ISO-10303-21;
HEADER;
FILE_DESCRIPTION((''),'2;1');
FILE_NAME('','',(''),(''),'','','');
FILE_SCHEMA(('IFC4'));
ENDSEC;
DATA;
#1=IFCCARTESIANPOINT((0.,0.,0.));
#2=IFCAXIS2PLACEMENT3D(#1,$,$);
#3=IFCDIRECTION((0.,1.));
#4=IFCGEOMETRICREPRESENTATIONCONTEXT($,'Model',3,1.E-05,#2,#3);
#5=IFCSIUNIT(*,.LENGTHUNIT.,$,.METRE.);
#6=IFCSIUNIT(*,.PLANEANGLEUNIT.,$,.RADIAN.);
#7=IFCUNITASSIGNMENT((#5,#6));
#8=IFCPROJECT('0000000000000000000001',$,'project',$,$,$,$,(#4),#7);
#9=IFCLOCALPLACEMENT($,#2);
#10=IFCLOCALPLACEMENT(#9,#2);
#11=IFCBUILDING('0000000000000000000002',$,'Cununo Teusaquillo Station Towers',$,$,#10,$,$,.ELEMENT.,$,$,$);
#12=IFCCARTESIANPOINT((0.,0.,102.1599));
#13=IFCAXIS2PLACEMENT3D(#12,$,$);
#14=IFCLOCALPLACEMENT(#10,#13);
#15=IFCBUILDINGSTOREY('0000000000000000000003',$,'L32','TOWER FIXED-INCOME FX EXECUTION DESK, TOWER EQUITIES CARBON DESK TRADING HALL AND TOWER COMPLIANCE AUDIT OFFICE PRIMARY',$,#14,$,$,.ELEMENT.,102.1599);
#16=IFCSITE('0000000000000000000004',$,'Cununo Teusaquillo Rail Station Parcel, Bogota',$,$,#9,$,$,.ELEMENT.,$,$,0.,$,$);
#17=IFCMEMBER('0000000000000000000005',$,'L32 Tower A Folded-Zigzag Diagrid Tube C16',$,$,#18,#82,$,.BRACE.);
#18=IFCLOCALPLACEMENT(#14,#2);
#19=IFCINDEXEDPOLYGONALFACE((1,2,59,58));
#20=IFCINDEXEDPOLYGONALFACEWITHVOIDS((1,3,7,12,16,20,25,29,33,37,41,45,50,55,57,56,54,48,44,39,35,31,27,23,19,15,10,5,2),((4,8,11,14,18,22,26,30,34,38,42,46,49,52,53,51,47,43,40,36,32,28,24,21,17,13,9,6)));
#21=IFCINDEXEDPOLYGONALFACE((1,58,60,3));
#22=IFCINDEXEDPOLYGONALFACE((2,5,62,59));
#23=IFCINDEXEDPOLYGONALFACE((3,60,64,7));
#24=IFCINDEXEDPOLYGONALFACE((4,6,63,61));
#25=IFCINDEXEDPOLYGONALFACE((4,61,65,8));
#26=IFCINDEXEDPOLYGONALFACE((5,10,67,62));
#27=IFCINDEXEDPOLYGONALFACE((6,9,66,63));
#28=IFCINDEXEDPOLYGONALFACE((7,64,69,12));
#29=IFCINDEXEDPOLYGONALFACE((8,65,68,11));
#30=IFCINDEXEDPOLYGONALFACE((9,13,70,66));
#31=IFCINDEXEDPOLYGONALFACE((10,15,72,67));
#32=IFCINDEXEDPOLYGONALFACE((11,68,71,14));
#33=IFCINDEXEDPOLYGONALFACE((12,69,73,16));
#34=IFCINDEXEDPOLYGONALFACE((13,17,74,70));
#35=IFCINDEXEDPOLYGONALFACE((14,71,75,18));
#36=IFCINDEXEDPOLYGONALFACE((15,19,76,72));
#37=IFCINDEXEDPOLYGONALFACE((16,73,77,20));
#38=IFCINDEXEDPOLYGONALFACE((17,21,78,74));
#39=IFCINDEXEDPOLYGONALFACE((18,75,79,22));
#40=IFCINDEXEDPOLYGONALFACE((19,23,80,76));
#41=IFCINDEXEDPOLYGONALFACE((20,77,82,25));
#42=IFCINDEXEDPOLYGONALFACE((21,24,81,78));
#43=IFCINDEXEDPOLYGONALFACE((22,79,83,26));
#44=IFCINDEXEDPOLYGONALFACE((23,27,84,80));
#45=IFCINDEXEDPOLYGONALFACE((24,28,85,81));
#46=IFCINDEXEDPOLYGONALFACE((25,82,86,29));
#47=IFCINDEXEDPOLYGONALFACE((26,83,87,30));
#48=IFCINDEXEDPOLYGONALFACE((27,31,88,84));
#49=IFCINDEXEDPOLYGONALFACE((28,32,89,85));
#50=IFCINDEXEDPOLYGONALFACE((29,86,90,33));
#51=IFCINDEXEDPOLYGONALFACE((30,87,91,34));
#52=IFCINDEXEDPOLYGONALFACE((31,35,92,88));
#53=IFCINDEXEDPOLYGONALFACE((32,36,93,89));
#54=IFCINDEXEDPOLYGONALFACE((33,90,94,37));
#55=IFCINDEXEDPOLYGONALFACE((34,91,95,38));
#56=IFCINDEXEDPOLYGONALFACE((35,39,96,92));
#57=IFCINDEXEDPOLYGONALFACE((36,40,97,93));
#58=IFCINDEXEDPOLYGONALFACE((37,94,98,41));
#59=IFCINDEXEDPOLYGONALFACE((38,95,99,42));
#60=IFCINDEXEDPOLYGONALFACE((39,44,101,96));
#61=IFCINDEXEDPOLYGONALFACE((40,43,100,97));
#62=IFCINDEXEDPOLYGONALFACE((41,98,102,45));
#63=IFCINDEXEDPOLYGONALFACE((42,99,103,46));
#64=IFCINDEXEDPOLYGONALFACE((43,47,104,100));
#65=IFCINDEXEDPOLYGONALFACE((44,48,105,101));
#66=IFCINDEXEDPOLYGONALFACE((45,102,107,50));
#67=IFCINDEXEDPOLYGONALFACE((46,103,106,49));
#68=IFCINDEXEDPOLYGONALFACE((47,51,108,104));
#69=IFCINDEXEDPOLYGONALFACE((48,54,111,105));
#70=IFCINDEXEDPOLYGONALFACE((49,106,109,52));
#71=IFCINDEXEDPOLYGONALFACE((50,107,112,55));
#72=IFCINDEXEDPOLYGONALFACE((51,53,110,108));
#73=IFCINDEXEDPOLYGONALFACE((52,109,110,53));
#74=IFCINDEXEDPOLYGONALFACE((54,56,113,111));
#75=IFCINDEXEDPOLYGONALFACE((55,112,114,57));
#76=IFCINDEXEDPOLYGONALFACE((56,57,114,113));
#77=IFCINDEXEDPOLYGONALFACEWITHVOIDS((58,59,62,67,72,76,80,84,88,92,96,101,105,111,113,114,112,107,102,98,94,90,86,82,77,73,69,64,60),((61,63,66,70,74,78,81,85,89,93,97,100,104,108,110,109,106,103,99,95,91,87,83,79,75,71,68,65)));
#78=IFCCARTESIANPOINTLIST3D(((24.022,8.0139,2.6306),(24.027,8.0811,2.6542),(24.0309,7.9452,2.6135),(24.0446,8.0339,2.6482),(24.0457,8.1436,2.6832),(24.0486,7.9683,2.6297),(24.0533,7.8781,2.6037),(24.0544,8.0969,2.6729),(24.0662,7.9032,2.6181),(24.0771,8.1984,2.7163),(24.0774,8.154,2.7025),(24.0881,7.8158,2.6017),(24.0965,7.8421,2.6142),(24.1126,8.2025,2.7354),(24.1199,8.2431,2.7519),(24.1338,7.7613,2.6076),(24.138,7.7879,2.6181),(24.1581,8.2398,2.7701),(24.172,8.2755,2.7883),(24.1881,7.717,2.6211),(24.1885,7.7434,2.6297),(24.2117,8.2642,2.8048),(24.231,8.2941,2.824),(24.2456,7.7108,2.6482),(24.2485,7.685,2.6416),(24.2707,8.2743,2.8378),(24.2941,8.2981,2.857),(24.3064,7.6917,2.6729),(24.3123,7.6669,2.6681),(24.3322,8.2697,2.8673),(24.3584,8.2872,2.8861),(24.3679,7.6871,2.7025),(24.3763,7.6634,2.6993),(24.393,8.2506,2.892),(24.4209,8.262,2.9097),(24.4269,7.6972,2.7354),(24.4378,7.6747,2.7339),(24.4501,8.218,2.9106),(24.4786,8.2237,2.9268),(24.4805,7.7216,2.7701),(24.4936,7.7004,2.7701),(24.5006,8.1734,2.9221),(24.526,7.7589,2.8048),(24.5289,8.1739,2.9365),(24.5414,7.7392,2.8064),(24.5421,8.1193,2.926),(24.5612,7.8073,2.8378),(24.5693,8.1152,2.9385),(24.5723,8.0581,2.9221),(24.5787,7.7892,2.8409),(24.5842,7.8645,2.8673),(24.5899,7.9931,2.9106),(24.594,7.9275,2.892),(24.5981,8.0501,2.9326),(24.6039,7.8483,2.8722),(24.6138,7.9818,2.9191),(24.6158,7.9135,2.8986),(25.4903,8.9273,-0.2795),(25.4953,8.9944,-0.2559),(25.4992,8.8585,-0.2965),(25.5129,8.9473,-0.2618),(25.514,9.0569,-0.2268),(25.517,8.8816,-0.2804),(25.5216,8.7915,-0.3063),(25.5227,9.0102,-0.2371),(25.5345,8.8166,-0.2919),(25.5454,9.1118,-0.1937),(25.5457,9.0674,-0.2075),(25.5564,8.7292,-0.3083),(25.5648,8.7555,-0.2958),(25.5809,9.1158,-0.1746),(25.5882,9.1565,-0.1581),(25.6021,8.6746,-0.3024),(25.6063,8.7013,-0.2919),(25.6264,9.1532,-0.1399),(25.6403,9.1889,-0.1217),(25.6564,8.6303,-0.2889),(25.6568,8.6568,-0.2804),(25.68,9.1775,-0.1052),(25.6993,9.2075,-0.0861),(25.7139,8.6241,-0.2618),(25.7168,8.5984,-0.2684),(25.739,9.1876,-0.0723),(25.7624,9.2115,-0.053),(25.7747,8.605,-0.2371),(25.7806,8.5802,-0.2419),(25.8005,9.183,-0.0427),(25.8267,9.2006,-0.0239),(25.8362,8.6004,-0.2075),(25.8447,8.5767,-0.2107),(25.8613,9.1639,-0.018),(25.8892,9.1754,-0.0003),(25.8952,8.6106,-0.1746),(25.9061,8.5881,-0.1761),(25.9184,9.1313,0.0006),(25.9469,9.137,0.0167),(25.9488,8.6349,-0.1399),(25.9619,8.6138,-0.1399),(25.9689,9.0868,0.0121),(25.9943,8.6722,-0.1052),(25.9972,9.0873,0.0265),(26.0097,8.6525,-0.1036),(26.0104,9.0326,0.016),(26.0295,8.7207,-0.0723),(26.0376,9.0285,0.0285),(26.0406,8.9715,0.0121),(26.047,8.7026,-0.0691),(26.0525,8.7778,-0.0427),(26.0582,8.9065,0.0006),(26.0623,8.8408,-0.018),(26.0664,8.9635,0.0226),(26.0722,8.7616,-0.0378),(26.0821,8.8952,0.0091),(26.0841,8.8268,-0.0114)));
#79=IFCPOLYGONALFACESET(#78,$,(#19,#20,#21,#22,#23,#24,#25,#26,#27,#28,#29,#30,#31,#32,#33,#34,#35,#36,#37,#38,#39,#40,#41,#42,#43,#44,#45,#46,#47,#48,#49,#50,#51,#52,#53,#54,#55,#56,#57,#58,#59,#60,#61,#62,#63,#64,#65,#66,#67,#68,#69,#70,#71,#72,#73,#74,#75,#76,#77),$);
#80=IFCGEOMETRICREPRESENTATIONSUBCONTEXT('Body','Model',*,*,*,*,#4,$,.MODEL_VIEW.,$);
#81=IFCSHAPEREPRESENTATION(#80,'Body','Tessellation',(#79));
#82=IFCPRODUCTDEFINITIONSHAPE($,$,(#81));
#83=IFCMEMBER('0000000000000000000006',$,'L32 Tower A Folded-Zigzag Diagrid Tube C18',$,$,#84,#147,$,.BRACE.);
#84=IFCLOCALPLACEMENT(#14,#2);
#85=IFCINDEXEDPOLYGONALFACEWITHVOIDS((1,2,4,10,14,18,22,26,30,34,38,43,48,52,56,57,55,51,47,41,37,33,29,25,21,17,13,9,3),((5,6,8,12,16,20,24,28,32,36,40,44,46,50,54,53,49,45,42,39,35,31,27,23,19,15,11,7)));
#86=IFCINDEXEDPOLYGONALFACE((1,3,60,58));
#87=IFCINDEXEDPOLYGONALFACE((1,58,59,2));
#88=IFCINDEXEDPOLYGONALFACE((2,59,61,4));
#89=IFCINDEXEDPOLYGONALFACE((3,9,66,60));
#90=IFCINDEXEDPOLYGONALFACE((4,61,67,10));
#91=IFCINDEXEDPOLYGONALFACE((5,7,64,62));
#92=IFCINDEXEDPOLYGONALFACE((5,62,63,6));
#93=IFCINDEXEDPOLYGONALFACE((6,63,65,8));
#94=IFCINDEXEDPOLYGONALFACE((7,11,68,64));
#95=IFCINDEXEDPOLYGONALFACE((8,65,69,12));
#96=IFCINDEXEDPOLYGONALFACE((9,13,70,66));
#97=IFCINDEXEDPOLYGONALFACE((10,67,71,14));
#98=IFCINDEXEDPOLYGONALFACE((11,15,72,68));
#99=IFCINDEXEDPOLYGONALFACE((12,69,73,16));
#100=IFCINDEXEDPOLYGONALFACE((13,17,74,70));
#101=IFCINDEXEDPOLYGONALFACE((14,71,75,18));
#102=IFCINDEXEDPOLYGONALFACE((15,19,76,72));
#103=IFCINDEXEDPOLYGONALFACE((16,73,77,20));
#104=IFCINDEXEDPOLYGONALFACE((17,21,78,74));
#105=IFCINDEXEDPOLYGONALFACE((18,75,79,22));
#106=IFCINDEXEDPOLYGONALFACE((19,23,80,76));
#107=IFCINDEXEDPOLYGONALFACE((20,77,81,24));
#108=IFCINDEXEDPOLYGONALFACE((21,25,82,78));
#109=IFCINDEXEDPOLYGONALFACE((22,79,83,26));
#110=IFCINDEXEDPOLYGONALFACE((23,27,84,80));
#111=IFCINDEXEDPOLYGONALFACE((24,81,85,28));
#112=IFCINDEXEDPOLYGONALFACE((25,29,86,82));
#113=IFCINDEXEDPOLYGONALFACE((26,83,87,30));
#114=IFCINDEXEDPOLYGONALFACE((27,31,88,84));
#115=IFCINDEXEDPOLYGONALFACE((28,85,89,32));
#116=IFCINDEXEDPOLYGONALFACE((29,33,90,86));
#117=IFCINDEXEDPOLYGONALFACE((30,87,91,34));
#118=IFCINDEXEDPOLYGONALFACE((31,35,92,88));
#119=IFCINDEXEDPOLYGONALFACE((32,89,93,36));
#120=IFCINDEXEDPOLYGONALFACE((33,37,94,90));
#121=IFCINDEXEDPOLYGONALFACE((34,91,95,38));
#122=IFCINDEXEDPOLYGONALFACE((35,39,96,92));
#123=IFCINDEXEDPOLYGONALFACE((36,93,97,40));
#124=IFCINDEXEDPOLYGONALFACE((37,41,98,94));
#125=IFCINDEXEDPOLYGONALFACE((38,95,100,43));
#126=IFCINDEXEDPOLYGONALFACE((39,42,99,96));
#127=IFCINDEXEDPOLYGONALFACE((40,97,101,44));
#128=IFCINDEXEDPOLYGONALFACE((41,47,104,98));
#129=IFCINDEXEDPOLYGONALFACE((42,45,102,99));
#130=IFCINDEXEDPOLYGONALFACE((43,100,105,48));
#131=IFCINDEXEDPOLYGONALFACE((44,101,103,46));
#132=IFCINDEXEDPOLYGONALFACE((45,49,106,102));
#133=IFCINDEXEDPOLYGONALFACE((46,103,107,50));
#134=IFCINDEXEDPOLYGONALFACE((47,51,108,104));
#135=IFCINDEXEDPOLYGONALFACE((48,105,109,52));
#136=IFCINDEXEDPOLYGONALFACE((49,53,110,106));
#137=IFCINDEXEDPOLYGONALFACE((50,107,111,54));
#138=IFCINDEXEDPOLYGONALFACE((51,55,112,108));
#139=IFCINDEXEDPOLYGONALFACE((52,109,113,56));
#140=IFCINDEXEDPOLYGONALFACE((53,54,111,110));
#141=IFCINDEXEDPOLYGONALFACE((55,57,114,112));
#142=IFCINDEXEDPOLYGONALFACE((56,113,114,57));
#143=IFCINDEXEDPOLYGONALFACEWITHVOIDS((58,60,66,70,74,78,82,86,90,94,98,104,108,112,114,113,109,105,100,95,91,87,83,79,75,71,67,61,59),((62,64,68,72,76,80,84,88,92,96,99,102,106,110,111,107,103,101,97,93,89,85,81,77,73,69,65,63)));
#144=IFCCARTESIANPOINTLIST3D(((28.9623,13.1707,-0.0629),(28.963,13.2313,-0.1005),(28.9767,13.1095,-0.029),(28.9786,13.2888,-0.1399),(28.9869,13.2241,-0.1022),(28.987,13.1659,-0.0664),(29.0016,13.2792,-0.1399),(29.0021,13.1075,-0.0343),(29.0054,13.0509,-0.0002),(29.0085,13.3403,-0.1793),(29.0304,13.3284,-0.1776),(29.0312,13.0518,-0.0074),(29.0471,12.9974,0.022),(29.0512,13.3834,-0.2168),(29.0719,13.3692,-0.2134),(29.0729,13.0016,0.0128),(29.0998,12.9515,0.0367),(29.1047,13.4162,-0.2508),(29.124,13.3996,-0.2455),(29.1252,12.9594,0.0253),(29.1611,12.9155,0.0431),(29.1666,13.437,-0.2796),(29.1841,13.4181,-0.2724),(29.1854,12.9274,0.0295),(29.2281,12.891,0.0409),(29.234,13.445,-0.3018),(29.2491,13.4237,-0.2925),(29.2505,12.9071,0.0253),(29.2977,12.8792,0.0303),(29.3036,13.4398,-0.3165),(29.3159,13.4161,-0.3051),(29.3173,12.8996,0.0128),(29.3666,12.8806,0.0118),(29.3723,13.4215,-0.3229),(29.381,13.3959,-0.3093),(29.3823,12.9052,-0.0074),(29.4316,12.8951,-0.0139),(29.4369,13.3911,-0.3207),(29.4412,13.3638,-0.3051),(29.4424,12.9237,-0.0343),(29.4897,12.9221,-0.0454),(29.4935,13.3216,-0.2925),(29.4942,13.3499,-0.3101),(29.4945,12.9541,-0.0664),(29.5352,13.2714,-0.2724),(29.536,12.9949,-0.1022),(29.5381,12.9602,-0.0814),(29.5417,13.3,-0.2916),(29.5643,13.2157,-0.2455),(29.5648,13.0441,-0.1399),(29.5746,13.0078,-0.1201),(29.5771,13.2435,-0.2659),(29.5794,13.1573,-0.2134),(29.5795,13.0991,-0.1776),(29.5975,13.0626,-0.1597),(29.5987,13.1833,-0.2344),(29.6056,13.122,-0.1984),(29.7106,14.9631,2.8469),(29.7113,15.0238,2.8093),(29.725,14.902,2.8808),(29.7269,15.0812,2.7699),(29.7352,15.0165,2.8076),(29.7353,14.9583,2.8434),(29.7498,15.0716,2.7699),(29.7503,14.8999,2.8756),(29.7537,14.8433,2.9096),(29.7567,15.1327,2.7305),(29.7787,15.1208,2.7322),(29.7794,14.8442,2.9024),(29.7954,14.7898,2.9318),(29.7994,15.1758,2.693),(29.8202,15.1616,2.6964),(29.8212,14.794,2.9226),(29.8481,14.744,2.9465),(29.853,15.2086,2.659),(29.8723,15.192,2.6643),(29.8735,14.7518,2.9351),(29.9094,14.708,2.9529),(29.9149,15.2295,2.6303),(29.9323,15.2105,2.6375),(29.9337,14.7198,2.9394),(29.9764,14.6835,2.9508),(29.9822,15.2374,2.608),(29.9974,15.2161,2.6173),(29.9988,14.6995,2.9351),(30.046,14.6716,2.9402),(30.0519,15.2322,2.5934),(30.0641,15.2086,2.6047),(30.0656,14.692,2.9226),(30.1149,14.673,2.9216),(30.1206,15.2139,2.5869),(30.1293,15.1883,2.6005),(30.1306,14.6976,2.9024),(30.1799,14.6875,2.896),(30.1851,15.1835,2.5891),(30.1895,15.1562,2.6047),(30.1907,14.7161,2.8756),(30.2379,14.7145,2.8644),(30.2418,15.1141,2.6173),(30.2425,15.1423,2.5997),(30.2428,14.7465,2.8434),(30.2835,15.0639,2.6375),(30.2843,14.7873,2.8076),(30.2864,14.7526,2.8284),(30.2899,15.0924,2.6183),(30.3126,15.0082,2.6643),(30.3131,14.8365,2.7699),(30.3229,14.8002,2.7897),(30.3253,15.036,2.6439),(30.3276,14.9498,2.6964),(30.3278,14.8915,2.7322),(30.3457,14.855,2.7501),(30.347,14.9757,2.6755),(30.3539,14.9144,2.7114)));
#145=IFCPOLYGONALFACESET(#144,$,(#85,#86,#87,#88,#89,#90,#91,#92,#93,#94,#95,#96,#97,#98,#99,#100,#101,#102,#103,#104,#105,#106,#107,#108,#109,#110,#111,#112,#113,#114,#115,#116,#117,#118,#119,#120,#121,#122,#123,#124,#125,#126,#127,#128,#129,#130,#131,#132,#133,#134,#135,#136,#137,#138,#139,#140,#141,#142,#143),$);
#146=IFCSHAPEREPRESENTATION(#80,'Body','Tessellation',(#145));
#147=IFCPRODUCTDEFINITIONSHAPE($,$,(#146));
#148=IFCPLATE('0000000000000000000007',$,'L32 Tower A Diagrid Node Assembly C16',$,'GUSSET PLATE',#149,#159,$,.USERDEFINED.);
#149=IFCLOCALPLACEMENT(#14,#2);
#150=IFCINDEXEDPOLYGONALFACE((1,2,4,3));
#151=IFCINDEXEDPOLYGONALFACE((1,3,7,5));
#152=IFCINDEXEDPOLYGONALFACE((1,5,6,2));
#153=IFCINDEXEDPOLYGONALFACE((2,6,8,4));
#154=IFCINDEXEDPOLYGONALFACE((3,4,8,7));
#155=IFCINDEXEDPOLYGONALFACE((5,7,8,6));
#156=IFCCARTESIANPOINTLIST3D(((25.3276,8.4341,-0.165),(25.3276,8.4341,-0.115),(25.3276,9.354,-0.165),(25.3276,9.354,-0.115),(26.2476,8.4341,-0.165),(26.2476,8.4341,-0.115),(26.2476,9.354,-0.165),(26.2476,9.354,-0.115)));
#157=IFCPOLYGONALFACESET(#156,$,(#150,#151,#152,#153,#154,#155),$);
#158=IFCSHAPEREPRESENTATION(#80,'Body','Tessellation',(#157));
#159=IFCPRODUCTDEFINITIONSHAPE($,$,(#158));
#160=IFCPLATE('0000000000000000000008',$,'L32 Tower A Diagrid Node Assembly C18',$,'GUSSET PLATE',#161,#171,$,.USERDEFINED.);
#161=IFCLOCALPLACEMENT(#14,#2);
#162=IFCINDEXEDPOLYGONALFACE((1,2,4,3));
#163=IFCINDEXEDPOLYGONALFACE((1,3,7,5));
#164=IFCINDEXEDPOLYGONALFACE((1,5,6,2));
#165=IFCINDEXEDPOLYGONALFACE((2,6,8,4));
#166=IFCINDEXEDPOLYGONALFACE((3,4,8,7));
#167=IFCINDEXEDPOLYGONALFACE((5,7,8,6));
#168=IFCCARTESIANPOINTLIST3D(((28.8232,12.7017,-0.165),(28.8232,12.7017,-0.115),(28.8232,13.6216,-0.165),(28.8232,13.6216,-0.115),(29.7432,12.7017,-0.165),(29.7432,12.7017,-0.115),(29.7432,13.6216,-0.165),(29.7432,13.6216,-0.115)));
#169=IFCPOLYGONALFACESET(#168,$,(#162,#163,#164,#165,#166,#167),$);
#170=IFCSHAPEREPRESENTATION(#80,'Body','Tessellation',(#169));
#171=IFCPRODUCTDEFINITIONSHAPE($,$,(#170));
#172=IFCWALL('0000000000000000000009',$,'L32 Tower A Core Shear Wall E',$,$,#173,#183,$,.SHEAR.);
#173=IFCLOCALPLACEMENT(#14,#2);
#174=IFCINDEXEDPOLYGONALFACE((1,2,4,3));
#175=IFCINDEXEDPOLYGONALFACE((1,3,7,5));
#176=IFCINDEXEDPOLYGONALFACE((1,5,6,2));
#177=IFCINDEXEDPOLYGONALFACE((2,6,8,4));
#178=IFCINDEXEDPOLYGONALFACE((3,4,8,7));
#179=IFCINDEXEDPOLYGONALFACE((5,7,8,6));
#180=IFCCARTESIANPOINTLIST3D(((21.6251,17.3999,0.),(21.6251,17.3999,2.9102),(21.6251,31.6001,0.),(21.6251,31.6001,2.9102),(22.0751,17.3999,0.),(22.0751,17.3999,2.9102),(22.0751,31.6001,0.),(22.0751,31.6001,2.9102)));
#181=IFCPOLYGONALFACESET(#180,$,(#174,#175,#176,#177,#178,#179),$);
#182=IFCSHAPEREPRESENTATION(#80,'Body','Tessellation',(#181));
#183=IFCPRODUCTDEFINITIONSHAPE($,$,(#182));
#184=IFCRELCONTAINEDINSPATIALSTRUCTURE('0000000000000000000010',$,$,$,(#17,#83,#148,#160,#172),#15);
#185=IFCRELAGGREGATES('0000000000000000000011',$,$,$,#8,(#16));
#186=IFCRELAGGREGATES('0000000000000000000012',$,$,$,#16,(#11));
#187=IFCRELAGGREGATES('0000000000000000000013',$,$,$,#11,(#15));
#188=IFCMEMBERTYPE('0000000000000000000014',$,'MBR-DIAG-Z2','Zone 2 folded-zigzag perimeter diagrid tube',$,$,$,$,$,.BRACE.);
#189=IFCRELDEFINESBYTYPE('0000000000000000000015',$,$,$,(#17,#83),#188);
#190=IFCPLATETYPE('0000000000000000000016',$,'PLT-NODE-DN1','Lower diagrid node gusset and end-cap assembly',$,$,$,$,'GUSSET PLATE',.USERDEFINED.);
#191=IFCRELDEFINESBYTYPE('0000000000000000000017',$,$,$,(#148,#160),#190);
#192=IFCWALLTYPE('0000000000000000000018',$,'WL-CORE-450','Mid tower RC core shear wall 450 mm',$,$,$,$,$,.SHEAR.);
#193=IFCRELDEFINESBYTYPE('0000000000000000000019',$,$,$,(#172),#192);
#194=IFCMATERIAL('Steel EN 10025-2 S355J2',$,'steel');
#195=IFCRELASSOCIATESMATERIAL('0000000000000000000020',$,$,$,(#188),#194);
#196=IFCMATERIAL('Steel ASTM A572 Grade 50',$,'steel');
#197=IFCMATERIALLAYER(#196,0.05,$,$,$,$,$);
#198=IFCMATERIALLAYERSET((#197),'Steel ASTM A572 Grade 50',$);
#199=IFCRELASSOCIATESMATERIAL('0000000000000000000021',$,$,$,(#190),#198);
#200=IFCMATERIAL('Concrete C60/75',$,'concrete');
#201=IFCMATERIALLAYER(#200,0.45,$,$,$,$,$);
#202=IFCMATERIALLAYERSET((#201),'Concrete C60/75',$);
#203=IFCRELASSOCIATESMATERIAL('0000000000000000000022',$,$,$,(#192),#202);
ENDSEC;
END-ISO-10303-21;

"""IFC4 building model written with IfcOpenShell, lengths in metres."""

from ifc_helpers import new_model, si_unit, direction, frame, frame_2d, origin, origin_2d, place, context, subcontext, project, spatial, rectangle, hollow_circle, extrude, source, transform, mapped, material, layer, layer_set, material_profile, profile_set, type_object, element, save


model = new_model("IFC4")

# Units and contexts
model_context = context("Model", 3, precision=1e-05, world=origin(), true_north=direction((0.0, 1.0)))
body_context = subcontext(model_context, "Body", "Model", "MODEL_VIEW")
ifc_project = project(units=[si_unit("LENGTHUNIT", "METRE"), si_unit("PLANEANGLEUNIT", "RADIAN")], contexts=[model_context])

# Site, building, storey
site_placement = place(None, origin())
site = spatial("IfcSite", under=ifc_project, at=site_placement, Name="Cununo Teusaquillo Rail Station Parcel, Bogota", CompositionType="ELEMENT", RefElevation=0.0)
building_placement = place(site_placement, origin())
building = spatial("IfcBuilding", under=site, at=building_placement, Name="Cununo Teusaquillo Station Towers", CompositionType="ELEMENT")
storey_placement = place(building_placement, frame((0.0, 0.0, 102.1599)))
storey = spatial("IfcBuildingStorey", under=building, at=storey_placement, Name="L32", Description="TOWER FIXED-INCOME FX EXECUTION DESK, TOWER EQUITIES CARBON DESK TRADING HALL AND TOWER COMPLIANCE AUDIT OFFICE PRIMARY", CompositionType="ELEMENT", Elevation=102.1599)

# Members
ifc_material_1 = material(Name="Steel EN 10025-2 S355J2", Category="steel")
ifc_material_profile_1 = material_profile(ifc_material_1, hollow_circle(Radius=0.3301, WallThickness=0.0249, at=origin_2d()), Name="CHS 660x25")
ifc_profile_set_1 = profile_set([ifc_material_profile_1], Name="Steel EN 10025-2 S355J2")
member_type = type_object("IfcMemberType", Name="MBR-DIAG-Z2", Description="Zone 2 folded-zigzag perimeter diagrid tube", PredefinedType="BRACE", material=ifc_profile_set_1)
member_1_placement = place(storey_placement, frame((25.7876, 8.894, -0.1399), z_axis=(-0.433768, -0.269825, 0.859674), x_axis=(0.528196, -0.849123, 0.0)))
element("IfcMember", 1, at=member_1_placement, inside=storey, type_object=member_type, Name="L32 Tower A Folded-Zigzag Diagrid Tube C16", PredefinedType="BRACE", context=body_context, shape_type="SweptSolid", body=[
    extrude(hollow_circle(Radius=0.3301, WallThickness=0.0249, at=origin_2d()), origin(), (0.0, 0.0, 1.0), 3.385),
])
member_2_placement = place(storey_placement, frame((29.2832, 13.1616, -0.1399), z_axis=(0.21388, 0.512336, 0.831726), x_axis=(-0.922816, 0.38524, 0.0)))
element("IfcMember", 2, at=member_2_placement, inside=storey, type_object=member_type, Name="L32 Tower A Folded-Zigzag Diagrid Tube C18", PredefinedType="BRACE", context=body_context, shape_type="SweptSolid", body=[
    extrude(hollow_circle(Radius=0.3301, WallThickness=0.0249, at=origin_2d()), origin(), (0.0, 0.0, 1.0), 3.4985),
])

# Plates
ifc_material_2 = material(Name="Steel ASTM A572 Grade 50", Category="steel")
ifc_layer_1 = layer(ifc_material_2, 0.05)
ifc_layer_set_1 = layer_set([ifc_layer_1], Name="Steel ASTM A572 Grade 50")
plate_type = type_object("IfcPlateType", Name="PLT-NODE-DN1", Description="Lower diagrid node gusset and end-cap assembly", ElementType="GUSSET PLATE", PredefinedType="USERDEFINED", material=ifc_layer_set_1)
shared_shape_1 = source(origin(), body_context, "Body", "SweptSolid", [
    extrude(rectangle(XDim=0.9199, YDim=0.9199, at=origin_2d()), origin(), (0.0, 0.0, 1.0), 0.05),
])
for number, where, z_axis, x_axis, name in (
    (3, (25.7876, 8.894, -0.165), (0.0, 0.0, 1.0), (1.0, 0.0, 0.0), "L32 Tower A Diagrid Node Assembly C16"),
    (4, (29.2832, 13.1616, -0.165), (0.0, 0.0, 1.0), (1.0, 0.0, 0.0), "L32 Tower A Diagrid Node Assembly C18"),
):
    element("IfcPlate", number, at=place(storey_placement, frame(where, z_axis=z_axis, x_axis=x_axis)), inside=storey, type_object=plate_type, Name=name, ObjectType="GUSSET PLATE", PredefinedType="USERDEFINED", context=body_context, shape_type="MappedRepresentation", body=[
        mapped(shared_shape_1, transform((0.0, 0.0, 0.0), x_axis=(1.0, 0.0, 0.0), y_axis=(0.0, 1.0, 0.0), z_axis=(0.0, 0.0, 1.0), scale=1.0)),
    ])

# Wall
ifc_material_3 = material(Name="Concrete C60/75", Category="concrete")
ifc_layer_2 = layer(ifc_material_3, 0.45)
ifc_layer_set_2 = layer_set([ifc_layer_2], Name="Concrete C60/75")
wall_type_1 = type_object("IfcWallType", Name="WL-CORE-450", Description="Mid tower RC core shear wall 450 mm", PredefinedType="SHEAR", material=ifc_layer_set_2)
wall_1_placement = place(storey_placement, frame((21.8501, 17.3999, 0.0), z_axis=(0.0, 0.0, 1.0), x_axis=(0.0, 1.0, 0.0)))
element("IfcWall", 5, at=wall_1_placement, inside=storey, type_object=wall_type_1, Name="L32 Tower A Core Shear Wall E", PredefinedType="SHEAR", context=body_context, shape_type="SweptSolid", body=[
    extrude(rectangle(XDim=14.2002, YDim=0.45, at=frame_2d((7.1001, 0.0))), origin(), (0.0, 0.0, 1.0), 2.9102),
])

save(model, "model.ifc")
